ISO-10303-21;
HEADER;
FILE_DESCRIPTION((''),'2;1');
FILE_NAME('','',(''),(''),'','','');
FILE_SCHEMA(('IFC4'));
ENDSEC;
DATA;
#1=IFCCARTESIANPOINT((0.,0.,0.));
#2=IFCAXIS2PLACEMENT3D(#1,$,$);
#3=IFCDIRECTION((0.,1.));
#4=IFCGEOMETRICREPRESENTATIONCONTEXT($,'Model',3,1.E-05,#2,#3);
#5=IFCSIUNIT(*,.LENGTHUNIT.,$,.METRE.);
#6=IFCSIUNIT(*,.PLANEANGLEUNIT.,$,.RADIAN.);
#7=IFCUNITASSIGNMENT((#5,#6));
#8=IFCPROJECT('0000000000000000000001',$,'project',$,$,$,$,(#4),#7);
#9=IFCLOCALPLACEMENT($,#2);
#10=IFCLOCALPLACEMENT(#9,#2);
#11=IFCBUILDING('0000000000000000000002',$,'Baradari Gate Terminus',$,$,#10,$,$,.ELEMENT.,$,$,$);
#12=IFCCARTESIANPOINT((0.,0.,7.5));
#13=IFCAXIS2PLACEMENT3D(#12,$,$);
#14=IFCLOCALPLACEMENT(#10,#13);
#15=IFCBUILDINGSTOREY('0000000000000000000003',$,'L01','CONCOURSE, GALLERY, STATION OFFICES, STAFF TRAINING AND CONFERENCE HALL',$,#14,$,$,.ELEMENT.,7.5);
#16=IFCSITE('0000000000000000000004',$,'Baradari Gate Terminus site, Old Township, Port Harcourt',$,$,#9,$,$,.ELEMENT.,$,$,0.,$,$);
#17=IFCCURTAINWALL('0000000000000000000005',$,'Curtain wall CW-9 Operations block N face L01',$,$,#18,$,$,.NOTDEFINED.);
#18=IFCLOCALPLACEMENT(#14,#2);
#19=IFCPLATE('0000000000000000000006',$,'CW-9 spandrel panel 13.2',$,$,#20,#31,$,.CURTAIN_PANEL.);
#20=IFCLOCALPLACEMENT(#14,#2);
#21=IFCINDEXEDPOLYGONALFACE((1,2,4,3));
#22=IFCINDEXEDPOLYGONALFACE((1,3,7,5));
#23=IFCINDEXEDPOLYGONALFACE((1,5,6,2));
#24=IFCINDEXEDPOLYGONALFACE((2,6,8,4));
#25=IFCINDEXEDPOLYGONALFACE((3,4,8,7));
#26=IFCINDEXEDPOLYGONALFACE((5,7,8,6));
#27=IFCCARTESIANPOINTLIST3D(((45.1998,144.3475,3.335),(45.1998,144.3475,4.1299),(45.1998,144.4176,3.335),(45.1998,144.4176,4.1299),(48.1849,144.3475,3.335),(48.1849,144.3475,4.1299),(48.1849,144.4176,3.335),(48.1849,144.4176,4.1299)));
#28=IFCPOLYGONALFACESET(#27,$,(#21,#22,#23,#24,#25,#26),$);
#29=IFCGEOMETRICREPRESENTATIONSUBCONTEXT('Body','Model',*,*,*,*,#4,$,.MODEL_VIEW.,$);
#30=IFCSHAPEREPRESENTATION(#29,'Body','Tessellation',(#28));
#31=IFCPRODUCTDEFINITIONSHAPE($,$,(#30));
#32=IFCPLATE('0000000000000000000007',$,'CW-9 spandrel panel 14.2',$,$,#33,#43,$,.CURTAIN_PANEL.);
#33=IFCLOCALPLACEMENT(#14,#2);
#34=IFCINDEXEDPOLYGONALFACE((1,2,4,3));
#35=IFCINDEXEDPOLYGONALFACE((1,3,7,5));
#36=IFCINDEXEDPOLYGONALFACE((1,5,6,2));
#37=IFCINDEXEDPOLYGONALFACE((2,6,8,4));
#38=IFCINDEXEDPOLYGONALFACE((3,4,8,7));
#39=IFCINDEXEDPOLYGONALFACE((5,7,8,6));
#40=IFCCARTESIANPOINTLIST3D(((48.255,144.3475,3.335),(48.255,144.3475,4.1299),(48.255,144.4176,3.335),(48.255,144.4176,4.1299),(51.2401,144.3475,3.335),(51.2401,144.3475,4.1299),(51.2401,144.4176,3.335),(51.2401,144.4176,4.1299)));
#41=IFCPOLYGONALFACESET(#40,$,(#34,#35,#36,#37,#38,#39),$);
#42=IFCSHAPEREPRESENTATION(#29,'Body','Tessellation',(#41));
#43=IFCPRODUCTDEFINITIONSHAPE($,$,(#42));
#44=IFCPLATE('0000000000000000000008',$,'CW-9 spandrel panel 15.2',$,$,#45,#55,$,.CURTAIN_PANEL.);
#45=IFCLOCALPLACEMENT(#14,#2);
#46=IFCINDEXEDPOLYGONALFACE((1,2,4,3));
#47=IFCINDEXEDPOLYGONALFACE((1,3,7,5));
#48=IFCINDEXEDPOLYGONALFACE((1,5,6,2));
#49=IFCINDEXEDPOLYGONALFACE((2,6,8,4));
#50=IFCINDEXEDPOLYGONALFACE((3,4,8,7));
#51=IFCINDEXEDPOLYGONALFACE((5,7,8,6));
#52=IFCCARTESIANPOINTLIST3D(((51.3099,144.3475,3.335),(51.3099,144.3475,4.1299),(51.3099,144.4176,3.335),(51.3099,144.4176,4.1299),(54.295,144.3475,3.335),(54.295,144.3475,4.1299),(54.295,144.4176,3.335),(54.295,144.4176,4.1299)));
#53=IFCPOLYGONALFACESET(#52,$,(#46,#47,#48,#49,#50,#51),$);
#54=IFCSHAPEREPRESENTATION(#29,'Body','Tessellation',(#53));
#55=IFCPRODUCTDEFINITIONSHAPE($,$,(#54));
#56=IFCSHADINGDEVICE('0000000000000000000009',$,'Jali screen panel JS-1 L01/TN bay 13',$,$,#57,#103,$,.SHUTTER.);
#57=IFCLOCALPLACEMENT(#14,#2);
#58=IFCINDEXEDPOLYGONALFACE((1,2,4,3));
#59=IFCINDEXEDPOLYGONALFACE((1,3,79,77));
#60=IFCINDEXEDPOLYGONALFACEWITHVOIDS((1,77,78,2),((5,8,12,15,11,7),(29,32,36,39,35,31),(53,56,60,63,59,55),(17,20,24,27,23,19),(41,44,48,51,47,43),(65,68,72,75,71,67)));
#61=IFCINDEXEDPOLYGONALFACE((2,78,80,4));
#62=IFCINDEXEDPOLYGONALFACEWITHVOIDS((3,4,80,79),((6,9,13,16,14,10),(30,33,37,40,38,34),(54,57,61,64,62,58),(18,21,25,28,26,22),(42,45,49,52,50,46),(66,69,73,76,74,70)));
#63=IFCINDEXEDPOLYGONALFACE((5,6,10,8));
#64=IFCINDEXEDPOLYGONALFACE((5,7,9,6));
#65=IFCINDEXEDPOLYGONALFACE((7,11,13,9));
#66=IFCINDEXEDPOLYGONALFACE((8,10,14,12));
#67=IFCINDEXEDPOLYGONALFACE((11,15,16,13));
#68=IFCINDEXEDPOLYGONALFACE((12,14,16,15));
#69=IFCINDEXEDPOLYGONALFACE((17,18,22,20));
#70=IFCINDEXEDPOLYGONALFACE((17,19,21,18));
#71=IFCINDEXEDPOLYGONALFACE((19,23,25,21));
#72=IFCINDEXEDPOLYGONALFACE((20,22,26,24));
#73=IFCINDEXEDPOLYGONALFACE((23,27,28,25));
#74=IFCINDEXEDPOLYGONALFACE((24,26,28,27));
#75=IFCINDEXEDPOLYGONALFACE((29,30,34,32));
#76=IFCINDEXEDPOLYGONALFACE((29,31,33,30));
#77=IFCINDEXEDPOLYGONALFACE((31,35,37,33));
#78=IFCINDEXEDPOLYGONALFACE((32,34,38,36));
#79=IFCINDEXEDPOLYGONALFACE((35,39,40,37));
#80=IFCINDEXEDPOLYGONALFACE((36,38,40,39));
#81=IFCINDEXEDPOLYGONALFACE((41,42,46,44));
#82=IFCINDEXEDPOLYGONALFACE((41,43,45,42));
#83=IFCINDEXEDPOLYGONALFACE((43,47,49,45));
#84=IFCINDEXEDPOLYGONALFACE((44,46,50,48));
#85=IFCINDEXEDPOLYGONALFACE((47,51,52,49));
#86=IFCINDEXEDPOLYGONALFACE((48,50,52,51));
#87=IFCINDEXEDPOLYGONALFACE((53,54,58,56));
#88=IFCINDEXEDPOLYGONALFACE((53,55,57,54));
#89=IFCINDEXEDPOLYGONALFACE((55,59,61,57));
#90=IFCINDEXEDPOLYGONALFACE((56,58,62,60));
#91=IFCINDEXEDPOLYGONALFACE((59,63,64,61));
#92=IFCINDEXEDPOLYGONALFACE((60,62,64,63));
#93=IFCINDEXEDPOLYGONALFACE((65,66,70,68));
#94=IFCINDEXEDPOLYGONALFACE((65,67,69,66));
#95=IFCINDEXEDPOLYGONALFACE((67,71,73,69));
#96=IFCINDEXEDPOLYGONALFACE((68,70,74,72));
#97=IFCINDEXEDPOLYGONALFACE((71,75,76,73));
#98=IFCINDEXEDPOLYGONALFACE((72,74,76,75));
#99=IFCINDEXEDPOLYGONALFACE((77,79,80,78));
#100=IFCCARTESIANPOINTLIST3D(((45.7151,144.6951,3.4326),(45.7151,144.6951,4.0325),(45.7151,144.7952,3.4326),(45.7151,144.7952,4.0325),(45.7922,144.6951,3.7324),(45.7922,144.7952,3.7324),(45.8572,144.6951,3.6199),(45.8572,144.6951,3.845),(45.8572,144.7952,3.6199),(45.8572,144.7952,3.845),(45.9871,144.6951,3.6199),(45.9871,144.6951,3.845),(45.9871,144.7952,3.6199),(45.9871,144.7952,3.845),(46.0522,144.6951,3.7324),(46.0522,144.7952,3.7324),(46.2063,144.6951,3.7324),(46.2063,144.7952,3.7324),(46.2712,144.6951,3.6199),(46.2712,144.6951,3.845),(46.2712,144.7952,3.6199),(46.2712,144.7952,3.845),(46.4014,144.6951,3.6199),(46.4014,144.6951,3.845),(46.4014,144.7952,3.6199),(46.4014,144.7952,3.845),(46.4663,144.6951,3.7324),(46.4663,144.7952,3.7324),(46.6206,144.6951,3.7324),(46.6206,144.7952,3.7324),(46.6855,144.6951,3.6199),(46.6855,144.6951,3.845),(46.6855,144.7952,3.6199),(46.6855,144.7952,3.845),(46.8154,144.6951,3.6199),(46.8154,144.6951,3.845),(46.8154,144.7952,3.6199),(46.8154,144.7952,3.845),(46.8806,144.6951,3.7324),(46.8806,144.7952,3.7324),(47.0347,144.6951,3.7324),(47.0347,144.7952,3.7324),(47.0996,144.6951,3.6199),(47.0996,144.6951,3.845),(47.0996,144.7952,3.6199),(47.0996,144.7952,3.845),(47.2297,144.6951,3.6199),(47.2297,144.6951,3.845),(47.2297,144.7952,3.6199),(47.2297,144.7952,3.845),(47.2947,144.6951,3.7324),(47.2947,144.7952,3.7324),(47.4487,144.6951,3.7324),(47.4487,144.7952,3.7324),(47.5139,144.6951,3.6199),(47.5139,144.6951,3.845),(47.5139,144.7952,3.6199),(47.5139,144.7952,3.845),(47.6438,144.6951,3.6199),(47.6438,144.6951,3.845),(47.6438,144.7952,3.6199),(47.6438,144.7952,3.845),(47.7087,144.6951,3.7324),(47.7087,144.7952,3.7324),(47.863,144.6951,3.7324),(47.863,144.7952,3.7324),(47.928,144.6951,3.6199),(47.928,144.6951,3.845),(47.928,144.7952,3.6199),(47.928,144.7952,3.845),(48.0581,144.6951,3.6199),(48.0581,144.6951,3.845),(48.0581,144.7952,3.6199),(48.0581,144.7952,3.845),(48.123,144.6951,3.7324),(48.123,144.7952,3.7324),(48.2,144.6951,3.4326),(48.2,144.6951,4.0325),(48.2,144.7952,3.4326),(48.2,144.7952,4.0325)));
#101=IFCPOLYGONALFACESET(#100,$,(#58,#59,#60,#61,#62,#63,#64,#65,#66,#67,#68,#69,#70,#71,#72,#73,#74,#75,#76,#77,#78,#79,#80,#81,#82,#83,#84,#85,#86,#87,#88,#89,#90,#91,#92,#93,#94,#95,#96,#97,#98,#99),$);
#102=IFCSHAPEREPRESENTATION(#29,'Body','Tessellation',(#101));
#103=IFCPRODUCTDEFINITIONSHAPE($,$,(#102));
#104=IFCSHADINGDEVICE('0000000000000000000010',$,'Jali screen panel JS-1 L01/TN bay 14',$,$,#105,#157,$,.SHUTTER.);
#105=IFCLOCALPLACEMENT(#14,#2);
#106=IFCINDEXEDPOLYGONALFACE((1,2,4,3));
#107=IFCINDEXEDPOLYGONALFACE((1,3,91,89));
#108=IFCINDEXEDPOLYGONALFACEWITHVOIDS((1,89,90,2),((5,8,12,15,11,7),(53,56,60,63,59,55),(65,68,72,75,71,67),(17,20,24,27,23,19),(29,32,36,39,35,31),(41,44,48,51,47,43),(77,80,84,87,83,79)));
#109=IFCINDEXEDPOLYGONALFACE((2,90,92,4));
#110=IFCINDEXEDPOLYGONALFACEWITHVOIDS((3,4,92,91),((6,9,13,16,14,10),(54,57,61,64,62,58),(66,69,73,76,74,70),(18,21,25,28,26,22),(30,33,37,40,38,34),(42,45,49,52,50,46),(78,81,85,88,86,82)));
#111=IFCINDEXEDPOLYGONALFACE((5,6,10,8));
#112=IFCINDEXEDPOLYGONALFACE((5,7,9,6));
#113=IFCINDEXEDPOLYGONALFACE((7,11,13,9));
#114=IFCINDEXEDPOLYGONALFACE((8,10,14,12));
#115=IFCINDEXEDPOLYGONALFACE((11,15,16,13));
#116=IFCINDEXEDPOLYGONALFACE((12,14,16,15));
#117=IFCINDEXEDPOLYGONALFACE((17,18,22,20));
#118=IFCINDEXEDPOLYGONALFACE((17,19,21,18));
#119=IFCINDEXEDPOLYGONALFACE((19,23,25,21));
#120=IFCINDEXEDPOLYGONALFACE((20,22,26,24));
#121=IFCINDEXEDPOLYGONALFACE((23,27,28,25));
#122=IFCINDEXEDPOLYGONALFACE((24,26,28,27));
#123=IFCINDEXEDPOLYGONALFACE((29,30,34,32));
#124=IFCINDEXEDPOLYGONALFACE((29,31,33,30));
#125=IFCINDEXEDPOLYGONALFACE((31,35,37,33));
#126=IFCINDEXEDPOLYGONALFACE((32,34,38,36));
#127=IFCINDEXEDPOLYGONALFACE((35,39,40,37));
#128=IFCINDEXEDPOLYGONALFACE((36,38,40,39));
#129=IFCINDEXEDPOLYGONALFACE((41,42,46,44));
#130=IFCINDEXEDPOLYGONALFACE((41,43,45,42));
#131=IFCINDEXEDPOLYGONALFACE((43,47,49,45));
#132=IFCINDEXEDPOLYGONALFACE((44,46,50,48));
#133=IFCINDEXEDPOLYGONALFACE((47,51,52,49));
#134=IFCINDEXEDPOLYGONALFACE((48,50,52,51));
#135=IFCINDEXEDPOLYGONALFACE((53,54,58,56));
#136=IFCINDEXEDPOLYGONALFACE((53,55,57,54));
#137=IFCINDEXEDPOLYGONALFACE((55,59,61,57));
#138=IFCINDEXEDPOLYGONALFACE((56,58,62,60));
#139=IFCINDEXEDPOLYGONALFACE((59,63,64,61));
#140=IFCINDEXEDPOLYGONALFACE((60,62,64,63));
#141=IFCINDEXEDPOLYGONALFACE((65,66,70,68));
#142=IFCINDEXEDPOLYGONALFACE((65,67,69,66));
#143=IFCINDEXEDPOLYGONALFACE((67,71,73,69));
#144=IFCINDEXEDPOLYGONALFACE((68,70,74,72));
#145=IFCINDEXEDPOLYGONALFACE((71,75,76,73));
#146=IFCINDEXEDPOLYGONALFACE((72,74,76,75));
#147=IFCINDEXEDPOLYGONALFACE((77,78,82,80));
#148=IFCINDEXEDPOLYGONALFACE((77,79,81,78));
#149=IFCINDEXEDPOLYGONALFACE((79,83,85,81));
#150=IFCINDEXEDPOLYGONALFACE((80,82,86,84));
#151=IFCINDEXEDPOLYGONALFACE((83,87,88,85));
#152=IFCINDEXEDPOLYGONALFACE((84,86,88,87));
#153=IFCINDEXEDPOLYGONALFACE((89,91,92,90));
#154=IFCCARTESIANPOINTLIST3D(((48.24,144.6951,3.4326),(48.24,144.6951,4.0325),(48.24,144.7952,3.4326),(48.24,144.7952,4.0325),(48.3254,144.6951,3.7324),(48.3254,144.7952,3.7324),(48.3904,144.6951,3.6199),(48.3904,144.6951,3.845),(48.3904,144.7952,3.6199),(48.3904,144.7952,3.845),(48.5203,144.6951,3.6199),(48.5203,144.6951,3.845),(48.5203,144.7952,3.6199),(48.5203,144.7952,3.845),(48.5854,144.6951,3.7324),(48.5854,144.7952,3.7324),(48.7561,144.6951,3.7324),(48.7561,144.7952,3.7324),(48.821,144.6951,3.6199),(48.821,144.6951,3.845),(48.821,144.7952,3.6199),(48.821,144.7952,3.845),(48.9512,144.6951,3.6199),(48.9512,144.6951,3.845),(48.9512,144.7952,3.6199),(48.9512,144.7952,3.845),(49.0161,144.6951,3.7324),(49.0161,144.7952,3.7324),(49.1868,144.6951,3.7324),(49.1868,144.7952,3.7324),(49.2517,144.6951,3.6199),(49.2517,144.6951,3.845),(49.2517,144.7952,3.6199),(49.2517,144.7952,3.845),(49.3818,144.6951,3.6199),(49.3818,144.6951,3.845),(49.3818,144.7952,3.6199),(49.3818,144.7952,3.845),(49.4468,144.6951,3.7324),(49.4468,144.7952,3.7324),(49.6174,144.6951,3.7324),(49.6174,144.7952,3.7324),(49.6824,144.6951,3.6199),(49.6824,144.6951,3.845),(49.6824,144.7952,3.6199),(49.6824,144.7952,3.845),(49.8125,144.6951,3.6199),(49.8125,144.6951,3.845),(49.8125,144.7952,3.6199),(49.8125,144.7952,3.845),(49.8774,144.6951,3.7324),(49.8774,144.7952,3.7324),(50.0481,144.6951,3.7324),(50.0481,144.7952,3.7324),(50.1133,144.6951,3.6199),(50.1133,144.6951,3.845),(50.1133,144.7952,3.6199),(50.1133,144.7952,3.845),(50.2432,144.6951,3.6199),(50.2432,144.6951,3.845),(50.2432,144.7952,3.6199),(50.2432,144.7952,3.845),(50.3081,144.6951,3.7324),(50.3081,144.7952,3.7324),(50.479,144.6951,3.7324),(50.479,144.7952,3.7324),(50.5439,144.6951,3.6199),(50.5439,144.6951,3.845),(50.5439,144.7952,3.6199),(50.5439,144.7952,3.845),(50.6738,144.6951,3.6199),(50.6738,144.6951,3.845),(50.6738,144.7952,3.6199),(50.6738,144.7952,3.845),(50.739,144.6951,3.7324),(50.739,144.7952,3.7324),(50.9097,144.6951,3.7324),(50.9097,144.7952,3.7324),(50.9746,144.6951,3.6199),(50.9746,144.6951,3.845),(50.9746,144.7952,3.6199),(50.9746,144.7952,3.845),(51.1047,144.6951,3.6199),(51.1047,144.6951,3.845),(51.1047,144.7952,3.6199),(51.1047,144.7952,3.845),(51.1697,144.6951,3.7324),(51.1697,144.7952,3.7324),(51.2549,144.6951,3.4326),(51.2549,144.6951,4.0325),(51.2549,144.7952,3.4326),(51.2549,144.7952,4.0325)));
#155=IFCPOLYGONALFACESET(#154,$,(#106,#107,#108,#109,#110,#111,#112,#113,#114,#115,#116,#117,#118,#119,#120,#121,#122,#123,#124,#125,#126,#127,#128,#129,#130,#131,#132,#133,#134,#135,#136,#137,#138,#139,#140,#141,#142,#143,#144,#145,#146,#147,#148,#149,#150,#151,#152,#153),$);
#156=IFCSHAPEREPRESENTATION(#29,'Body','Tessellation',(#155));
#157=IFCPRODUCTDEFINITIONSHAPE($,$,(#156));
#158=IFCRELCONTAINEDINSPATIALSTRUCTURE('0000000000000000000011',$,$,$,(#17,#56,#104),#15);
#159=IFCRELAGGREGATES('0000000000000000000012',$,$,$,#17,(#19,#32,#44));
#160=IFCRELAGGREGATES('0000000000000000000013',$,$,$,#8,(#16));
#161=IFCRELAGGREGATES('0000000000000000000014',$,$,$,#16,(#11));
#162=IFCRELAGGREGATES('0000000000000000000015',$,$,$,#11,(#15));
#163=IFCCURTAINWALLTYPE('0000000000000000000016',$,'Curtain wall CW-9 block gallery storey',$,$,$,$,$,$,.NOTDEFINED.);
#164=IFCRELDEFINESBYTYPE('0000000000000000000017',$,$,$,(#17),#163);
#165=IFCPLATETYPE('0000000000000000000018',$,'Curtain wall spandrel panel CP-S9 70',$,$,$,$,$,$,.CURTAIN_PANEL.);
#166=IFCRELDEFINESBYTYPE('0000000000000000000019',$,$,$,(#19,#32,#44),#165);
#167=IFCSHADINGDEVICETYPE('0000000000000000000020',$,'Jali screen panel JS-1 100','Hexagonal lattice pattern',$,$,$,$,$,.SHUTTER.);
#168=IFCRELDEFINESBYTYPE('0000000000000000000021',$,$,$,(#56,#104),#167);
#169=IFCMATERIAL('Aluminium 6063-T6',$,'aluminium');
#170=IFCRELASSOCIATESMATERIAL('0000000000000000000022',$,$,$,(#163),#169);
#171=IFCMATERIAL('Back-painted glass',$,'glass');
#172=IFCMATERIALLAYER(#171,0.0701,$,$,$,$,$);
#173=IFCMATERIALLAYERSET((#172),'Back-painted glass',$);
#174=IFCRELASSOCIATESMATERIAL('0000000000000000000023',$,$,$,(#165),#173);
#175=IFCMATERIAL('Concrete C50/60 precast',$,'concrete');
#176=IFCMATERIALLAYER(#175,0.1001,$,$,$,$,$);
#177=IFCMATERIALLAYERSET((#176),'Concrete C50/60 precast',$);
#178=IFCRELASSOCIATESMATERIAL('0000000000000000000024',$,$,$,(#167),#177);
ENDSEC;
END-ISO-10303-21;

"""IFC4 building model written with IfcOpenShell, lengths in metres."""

from ifc_helpers import new_model, si_unit, direction, frame, origin, origin_2d, place, context, subcontext, project, spatial, polyline, rectangle, outline, extrude, material, layer, layer_set, type_object, element, aggregate, save


model = new_model("IFC4")

# Units and contexts
model_context = context("Model", 3, precision=1e-05, world=origin(), true_north=direction((0.0, 1.0)))
body_context = subcontext(model_context, "Body", "Model", "MODEL_VIEW")
ifc_project = project(units=[si_unit("LENGTHUNIT", "METRE"), si_unit("PLANEANGLEUNIT", "RADIAN")], contexts=[model_context])

# Site, building, storey
site_placement = place(None, origin())
site = spatial("IfcSite", under=ifc_project, at=site_placement, Name="Baradari Gate Terminus site, Old Township, Port Harcourt", CompositionType="ELEMENT", RefElevation=0.0)
building_placement = place(site_placement, origin())
building = spatial("IfcBuilding", under=site, at=building_placement, Name="Baradari Gate Terminus", CompositionType="ELEMENT")
storey_placement = place(building_placement, frame((0.0, 0.0, 7.5)))
storey = spatial("IfcBuildingStorey", under=building, at=storey_placement, Name="L01", Description="CONCOURSE, GALLERY, STATION OFFICES, STAFF TRAINING AND CONFERENCE HALL", CompositionType="ELEMENT", Elevation=7.5)

# Curtain wall, plates
ifc_material_1 = material(Name="Aluminium 6063-T6", Category="aluminium")
curtain_wall_type = type_object("IfcCurtainWallType", Name="Curtain wall CW-9 block gallery storey", PredefinedType="NOTDEFINED", material=ifc_material_1)
curtain_wall_placement = place(storey_placement, origin())
curtain_wall = element("IfcCurtainWall", 1, at=curtain_wall_placement, inside=storey, type_object=curtain_wall_type, Name="Curtain wall CW-9 Operations block N face L01", PredefinedType="NOTDEFINED")
ifc_material_2 = material(Name="Back-painted glass", Category="glass")
ifc_layer_1 = layer(ifc_material_2, 0.0701)
ifc_layer_set_1 = layer_set([ifc_layer_1], Name="Back-painted glass")
plate_type_1 = type_object("IfcPlateType", Name="Curtain wall spandrel panel CP-S9 70", PredefinedType="CURTAIN_PANEL", material=ifc_layer_set_1)
plate_1_placement = place(storey_placement, frame((46.6924, 144.3826, 3.335), z_axis=(0.0, 0.0, 1.0), x_axis=(1.0, 0.0, 0.0)))
plate_1 = element("IfcPlate", 2, at=plate_1_placement, type_object=plate_type_1, Name="CW-9 spandrel panel 13.2", PredefinedType="CURTAIN_PANEL", context=body_context, shape_type="SweptSolid", body=[
    extrude(rectangle(XDim=2.9851, YDim=0.0701, at=origin_2d()), origin(), (0.0, 0.0, 1.0), 0.7949),
])
plate_2_placement = place(storey_placement, frame((49.7476, 144.3826, 3.335), z_axis=(0.0, 0.0, 1.0), x_axis=(1.0, 0.0, 0.0)))
plate_2 = element("IfcPlate", 3, at=plate_2_placement, type_object=plate_type_1, Name="CW-9 spandrel panel 14.2", PredefinedType="CURTAIN_PANEL", context=body_context, shape_type="SweptSolid", body=[
    extrude(rectangle(XDim=2.9851, YDim=0.0701, at=origin_2d()), origin(), (0.0, 0.0, 1.0), 0.7949),
])
plate_3_placement = place(storey_placement, frame((52.8025, 144.3826, 3.335), z_axis=(0.0, 0.0, 1.0), x_axis=(1.0, 0.0, 0.0)))
plate_3 = element("IfcPlate", 4, at=plate_3_placement, type_object=plate_type_1, Name="CW-9 spandrel panel 15.2", PredefinedType="CURTAIN_PANEL", context=body_context, shape_type="SweptSolid", body=[
    extrude(rectangle(XDim=2.9851, YDim=0.0701, at=origin_2d()), origin(), (0.0, 0.0, 1.0), 0.7949),
])
aggregate(curtain_wall, [plate_1, plate_2, plate_3])

# Shading devices
ifc_material_3 = material(Name="Concrete C50/60 precast", Category="concrete")
ifc_layer_2 = layer(ifc_material_3, 0.1001)
ifc_layer_set_2 = layer_set([ifc_layer_2], Name="Concrete C50/60 precast")
shading_device_type = type_object("IfcShadingDeviceType", Name="Jali screen panel JS-1 100", Description="Hexagonal lattice pattern", PredefinedType="SHUTTER", material=ifc_layer_set_2)
shading_device_1_placement = place(storey_placement, frame((45.7151, 144.7451, 3.4326), z_axis=(0.0, 0.0, 1.0), x_axis=(1.0, 0.0, 0.0)))
element("IfcShadingDevice", 5, at=shading_device_1_placement, inside=storey, type_object=shading_device_type, Name="Jali screen panel JS-1 L01/TN bay 13", PredefinedType="SHUTTER", context=body_context, shape_type="SweptSolid", body=[
    extrude(outline(polyline([(0.0, 0.0), (2.4849, 0.0), (2.4849, 0.5999), (0.0, 0.5999), (0.0, 0.0)]), holes=[polyline([(0.3372, 0.2998), (0.272, 0.1873), (0.1421, 0.1873), (0.0771, 0.2998), (0.1421, 0.4124), (0.272, 0.4124), (0.3372, 0.2998)]), polyline([(0.7512, 0.2998), (0.6863, 0.1873), (0.5562, 0.1873), (0.4912, 0.2998), (0.5562, 0.4124), (0.6863, 0.4124), (0.7512, 0.2998)]), polyline([(1.1655, 0.2998), (1.1003, 0.1873), (0.9705, 0.1873), (0.9055, 0.2998), (0.9705, 0.4124), (1.1003, 0.4124), (1.1655, 0.2998)]), polyline([(1.5796, 0.2998), (1.5146, 0.1873), (1.3845, 0.1873), (1.3196, 0.2998), (1.3845, 0.4124), (1.5146, 0.4124), (1.5796, 0.2998)]), polyline([(1.9937, 0.2998), (1.9287, 0.1873), (1.7988, 0.1873), (1.7336, 0.2998), (1.7988, 0.4124), (1.9287, 0.4124), (1.9937, 0.2998)]), polyline([(2.408, 0.2998), (2.343, 0.1873), (2.2129, 0.1873), (2.1479, 0.2998), (2.2129, 0.4124), (2.343, 0.4124), (2.408, 0.2998)])]), frame((0.0, 0.05, 0.0), z_axis=(0.0, -1.0, 0.0), x_axis=(1.0, 0.0, 0.0)), (0.0, 0.0, 1.0), 0.1001),
])
shading_device_2_placement = place(storey_placement, frame((48.24, 144.7451, 3.4326), z_axis=(0.0, 0.0, 1.0), x_axis=(1.0, 0.0, 0.0)))
element("IfcShadingDevice", 6, at=shading_device_2_placement, inside=storey, type_object=shading_device_type, Name="Jali screen panel JS-1 L01/TN bay 14", PredefinedType="SHUTTER", context=body_context, shape_type="SweptSolid", body=[
    extrude(outline(polyline([(0.0, 0.0), (3.0149, 0.0), (3.0149, 0.5999), (0.0, 0.5999), (0.0, 0.0)]), holes=[polyline([(0.3455, 0.2998), (0.2803, 0.1873), (0.1504, 0.1873), (0.0854, 0.2998), (0.1504, 0.4124), (0.2803, 0.4124), (0.3455, 0.2998)]), polyline([(0.7761, 0.2998), (0.7112, 0.1873), (0.5811, 0.1873), (0.5161, 0.2998), (0.5811, 0.4124), (0.7112, 0.4124), (0.7761, 0.2998)]), polyline([(1.2068, 0.2998), (1.1418, 0.1873), (1.0117, 0.1873), (0.9468, 0.2998), (1.0117, 0.4124), (1.1418, 0.4124), (1.2068, 0.2998)]), polyline([(1.6375, 0.2998), (1.5725, 0.1873), (1.4424, 0.1873), (1.3774, 0.2998), (1.4424, 0.4124), (1.5725, 0.4124), (1.6375, 0.2998)]), polyline([(2.0681, 0.2998), (2.0032, 0.1873), (1.8733, 0.1873), (1.8081, 0.2998), (1.8733, 0.4124), (2.0032, 0.4124), (2.0681, 0.2998)]), polyline([(2.499, 0.2998), (2.4338, 0.1873), (2.304, 0.1873), (2.239, 0.2998), (2.304, 0.4124), (2.4338, 0.4124), (2.499, 0.2998)]), polyline([(2.9297, 0.2998), (2.8647, 0.1873), (2.7346, 0.1873), (2.6697, 0.2998), (2.7346, 0.4124), (2.8647, 0.4124), (2.9297, 0.2998)])]), frame((0.0, 0.05, 0.0), z_axis=(0.0, -1.0, 0.0), x_axis=(1.0, 0.0, 0.0)), (0.0, 0.0, 1.0), 0.1001),
])

save(model, "model.ifc")
